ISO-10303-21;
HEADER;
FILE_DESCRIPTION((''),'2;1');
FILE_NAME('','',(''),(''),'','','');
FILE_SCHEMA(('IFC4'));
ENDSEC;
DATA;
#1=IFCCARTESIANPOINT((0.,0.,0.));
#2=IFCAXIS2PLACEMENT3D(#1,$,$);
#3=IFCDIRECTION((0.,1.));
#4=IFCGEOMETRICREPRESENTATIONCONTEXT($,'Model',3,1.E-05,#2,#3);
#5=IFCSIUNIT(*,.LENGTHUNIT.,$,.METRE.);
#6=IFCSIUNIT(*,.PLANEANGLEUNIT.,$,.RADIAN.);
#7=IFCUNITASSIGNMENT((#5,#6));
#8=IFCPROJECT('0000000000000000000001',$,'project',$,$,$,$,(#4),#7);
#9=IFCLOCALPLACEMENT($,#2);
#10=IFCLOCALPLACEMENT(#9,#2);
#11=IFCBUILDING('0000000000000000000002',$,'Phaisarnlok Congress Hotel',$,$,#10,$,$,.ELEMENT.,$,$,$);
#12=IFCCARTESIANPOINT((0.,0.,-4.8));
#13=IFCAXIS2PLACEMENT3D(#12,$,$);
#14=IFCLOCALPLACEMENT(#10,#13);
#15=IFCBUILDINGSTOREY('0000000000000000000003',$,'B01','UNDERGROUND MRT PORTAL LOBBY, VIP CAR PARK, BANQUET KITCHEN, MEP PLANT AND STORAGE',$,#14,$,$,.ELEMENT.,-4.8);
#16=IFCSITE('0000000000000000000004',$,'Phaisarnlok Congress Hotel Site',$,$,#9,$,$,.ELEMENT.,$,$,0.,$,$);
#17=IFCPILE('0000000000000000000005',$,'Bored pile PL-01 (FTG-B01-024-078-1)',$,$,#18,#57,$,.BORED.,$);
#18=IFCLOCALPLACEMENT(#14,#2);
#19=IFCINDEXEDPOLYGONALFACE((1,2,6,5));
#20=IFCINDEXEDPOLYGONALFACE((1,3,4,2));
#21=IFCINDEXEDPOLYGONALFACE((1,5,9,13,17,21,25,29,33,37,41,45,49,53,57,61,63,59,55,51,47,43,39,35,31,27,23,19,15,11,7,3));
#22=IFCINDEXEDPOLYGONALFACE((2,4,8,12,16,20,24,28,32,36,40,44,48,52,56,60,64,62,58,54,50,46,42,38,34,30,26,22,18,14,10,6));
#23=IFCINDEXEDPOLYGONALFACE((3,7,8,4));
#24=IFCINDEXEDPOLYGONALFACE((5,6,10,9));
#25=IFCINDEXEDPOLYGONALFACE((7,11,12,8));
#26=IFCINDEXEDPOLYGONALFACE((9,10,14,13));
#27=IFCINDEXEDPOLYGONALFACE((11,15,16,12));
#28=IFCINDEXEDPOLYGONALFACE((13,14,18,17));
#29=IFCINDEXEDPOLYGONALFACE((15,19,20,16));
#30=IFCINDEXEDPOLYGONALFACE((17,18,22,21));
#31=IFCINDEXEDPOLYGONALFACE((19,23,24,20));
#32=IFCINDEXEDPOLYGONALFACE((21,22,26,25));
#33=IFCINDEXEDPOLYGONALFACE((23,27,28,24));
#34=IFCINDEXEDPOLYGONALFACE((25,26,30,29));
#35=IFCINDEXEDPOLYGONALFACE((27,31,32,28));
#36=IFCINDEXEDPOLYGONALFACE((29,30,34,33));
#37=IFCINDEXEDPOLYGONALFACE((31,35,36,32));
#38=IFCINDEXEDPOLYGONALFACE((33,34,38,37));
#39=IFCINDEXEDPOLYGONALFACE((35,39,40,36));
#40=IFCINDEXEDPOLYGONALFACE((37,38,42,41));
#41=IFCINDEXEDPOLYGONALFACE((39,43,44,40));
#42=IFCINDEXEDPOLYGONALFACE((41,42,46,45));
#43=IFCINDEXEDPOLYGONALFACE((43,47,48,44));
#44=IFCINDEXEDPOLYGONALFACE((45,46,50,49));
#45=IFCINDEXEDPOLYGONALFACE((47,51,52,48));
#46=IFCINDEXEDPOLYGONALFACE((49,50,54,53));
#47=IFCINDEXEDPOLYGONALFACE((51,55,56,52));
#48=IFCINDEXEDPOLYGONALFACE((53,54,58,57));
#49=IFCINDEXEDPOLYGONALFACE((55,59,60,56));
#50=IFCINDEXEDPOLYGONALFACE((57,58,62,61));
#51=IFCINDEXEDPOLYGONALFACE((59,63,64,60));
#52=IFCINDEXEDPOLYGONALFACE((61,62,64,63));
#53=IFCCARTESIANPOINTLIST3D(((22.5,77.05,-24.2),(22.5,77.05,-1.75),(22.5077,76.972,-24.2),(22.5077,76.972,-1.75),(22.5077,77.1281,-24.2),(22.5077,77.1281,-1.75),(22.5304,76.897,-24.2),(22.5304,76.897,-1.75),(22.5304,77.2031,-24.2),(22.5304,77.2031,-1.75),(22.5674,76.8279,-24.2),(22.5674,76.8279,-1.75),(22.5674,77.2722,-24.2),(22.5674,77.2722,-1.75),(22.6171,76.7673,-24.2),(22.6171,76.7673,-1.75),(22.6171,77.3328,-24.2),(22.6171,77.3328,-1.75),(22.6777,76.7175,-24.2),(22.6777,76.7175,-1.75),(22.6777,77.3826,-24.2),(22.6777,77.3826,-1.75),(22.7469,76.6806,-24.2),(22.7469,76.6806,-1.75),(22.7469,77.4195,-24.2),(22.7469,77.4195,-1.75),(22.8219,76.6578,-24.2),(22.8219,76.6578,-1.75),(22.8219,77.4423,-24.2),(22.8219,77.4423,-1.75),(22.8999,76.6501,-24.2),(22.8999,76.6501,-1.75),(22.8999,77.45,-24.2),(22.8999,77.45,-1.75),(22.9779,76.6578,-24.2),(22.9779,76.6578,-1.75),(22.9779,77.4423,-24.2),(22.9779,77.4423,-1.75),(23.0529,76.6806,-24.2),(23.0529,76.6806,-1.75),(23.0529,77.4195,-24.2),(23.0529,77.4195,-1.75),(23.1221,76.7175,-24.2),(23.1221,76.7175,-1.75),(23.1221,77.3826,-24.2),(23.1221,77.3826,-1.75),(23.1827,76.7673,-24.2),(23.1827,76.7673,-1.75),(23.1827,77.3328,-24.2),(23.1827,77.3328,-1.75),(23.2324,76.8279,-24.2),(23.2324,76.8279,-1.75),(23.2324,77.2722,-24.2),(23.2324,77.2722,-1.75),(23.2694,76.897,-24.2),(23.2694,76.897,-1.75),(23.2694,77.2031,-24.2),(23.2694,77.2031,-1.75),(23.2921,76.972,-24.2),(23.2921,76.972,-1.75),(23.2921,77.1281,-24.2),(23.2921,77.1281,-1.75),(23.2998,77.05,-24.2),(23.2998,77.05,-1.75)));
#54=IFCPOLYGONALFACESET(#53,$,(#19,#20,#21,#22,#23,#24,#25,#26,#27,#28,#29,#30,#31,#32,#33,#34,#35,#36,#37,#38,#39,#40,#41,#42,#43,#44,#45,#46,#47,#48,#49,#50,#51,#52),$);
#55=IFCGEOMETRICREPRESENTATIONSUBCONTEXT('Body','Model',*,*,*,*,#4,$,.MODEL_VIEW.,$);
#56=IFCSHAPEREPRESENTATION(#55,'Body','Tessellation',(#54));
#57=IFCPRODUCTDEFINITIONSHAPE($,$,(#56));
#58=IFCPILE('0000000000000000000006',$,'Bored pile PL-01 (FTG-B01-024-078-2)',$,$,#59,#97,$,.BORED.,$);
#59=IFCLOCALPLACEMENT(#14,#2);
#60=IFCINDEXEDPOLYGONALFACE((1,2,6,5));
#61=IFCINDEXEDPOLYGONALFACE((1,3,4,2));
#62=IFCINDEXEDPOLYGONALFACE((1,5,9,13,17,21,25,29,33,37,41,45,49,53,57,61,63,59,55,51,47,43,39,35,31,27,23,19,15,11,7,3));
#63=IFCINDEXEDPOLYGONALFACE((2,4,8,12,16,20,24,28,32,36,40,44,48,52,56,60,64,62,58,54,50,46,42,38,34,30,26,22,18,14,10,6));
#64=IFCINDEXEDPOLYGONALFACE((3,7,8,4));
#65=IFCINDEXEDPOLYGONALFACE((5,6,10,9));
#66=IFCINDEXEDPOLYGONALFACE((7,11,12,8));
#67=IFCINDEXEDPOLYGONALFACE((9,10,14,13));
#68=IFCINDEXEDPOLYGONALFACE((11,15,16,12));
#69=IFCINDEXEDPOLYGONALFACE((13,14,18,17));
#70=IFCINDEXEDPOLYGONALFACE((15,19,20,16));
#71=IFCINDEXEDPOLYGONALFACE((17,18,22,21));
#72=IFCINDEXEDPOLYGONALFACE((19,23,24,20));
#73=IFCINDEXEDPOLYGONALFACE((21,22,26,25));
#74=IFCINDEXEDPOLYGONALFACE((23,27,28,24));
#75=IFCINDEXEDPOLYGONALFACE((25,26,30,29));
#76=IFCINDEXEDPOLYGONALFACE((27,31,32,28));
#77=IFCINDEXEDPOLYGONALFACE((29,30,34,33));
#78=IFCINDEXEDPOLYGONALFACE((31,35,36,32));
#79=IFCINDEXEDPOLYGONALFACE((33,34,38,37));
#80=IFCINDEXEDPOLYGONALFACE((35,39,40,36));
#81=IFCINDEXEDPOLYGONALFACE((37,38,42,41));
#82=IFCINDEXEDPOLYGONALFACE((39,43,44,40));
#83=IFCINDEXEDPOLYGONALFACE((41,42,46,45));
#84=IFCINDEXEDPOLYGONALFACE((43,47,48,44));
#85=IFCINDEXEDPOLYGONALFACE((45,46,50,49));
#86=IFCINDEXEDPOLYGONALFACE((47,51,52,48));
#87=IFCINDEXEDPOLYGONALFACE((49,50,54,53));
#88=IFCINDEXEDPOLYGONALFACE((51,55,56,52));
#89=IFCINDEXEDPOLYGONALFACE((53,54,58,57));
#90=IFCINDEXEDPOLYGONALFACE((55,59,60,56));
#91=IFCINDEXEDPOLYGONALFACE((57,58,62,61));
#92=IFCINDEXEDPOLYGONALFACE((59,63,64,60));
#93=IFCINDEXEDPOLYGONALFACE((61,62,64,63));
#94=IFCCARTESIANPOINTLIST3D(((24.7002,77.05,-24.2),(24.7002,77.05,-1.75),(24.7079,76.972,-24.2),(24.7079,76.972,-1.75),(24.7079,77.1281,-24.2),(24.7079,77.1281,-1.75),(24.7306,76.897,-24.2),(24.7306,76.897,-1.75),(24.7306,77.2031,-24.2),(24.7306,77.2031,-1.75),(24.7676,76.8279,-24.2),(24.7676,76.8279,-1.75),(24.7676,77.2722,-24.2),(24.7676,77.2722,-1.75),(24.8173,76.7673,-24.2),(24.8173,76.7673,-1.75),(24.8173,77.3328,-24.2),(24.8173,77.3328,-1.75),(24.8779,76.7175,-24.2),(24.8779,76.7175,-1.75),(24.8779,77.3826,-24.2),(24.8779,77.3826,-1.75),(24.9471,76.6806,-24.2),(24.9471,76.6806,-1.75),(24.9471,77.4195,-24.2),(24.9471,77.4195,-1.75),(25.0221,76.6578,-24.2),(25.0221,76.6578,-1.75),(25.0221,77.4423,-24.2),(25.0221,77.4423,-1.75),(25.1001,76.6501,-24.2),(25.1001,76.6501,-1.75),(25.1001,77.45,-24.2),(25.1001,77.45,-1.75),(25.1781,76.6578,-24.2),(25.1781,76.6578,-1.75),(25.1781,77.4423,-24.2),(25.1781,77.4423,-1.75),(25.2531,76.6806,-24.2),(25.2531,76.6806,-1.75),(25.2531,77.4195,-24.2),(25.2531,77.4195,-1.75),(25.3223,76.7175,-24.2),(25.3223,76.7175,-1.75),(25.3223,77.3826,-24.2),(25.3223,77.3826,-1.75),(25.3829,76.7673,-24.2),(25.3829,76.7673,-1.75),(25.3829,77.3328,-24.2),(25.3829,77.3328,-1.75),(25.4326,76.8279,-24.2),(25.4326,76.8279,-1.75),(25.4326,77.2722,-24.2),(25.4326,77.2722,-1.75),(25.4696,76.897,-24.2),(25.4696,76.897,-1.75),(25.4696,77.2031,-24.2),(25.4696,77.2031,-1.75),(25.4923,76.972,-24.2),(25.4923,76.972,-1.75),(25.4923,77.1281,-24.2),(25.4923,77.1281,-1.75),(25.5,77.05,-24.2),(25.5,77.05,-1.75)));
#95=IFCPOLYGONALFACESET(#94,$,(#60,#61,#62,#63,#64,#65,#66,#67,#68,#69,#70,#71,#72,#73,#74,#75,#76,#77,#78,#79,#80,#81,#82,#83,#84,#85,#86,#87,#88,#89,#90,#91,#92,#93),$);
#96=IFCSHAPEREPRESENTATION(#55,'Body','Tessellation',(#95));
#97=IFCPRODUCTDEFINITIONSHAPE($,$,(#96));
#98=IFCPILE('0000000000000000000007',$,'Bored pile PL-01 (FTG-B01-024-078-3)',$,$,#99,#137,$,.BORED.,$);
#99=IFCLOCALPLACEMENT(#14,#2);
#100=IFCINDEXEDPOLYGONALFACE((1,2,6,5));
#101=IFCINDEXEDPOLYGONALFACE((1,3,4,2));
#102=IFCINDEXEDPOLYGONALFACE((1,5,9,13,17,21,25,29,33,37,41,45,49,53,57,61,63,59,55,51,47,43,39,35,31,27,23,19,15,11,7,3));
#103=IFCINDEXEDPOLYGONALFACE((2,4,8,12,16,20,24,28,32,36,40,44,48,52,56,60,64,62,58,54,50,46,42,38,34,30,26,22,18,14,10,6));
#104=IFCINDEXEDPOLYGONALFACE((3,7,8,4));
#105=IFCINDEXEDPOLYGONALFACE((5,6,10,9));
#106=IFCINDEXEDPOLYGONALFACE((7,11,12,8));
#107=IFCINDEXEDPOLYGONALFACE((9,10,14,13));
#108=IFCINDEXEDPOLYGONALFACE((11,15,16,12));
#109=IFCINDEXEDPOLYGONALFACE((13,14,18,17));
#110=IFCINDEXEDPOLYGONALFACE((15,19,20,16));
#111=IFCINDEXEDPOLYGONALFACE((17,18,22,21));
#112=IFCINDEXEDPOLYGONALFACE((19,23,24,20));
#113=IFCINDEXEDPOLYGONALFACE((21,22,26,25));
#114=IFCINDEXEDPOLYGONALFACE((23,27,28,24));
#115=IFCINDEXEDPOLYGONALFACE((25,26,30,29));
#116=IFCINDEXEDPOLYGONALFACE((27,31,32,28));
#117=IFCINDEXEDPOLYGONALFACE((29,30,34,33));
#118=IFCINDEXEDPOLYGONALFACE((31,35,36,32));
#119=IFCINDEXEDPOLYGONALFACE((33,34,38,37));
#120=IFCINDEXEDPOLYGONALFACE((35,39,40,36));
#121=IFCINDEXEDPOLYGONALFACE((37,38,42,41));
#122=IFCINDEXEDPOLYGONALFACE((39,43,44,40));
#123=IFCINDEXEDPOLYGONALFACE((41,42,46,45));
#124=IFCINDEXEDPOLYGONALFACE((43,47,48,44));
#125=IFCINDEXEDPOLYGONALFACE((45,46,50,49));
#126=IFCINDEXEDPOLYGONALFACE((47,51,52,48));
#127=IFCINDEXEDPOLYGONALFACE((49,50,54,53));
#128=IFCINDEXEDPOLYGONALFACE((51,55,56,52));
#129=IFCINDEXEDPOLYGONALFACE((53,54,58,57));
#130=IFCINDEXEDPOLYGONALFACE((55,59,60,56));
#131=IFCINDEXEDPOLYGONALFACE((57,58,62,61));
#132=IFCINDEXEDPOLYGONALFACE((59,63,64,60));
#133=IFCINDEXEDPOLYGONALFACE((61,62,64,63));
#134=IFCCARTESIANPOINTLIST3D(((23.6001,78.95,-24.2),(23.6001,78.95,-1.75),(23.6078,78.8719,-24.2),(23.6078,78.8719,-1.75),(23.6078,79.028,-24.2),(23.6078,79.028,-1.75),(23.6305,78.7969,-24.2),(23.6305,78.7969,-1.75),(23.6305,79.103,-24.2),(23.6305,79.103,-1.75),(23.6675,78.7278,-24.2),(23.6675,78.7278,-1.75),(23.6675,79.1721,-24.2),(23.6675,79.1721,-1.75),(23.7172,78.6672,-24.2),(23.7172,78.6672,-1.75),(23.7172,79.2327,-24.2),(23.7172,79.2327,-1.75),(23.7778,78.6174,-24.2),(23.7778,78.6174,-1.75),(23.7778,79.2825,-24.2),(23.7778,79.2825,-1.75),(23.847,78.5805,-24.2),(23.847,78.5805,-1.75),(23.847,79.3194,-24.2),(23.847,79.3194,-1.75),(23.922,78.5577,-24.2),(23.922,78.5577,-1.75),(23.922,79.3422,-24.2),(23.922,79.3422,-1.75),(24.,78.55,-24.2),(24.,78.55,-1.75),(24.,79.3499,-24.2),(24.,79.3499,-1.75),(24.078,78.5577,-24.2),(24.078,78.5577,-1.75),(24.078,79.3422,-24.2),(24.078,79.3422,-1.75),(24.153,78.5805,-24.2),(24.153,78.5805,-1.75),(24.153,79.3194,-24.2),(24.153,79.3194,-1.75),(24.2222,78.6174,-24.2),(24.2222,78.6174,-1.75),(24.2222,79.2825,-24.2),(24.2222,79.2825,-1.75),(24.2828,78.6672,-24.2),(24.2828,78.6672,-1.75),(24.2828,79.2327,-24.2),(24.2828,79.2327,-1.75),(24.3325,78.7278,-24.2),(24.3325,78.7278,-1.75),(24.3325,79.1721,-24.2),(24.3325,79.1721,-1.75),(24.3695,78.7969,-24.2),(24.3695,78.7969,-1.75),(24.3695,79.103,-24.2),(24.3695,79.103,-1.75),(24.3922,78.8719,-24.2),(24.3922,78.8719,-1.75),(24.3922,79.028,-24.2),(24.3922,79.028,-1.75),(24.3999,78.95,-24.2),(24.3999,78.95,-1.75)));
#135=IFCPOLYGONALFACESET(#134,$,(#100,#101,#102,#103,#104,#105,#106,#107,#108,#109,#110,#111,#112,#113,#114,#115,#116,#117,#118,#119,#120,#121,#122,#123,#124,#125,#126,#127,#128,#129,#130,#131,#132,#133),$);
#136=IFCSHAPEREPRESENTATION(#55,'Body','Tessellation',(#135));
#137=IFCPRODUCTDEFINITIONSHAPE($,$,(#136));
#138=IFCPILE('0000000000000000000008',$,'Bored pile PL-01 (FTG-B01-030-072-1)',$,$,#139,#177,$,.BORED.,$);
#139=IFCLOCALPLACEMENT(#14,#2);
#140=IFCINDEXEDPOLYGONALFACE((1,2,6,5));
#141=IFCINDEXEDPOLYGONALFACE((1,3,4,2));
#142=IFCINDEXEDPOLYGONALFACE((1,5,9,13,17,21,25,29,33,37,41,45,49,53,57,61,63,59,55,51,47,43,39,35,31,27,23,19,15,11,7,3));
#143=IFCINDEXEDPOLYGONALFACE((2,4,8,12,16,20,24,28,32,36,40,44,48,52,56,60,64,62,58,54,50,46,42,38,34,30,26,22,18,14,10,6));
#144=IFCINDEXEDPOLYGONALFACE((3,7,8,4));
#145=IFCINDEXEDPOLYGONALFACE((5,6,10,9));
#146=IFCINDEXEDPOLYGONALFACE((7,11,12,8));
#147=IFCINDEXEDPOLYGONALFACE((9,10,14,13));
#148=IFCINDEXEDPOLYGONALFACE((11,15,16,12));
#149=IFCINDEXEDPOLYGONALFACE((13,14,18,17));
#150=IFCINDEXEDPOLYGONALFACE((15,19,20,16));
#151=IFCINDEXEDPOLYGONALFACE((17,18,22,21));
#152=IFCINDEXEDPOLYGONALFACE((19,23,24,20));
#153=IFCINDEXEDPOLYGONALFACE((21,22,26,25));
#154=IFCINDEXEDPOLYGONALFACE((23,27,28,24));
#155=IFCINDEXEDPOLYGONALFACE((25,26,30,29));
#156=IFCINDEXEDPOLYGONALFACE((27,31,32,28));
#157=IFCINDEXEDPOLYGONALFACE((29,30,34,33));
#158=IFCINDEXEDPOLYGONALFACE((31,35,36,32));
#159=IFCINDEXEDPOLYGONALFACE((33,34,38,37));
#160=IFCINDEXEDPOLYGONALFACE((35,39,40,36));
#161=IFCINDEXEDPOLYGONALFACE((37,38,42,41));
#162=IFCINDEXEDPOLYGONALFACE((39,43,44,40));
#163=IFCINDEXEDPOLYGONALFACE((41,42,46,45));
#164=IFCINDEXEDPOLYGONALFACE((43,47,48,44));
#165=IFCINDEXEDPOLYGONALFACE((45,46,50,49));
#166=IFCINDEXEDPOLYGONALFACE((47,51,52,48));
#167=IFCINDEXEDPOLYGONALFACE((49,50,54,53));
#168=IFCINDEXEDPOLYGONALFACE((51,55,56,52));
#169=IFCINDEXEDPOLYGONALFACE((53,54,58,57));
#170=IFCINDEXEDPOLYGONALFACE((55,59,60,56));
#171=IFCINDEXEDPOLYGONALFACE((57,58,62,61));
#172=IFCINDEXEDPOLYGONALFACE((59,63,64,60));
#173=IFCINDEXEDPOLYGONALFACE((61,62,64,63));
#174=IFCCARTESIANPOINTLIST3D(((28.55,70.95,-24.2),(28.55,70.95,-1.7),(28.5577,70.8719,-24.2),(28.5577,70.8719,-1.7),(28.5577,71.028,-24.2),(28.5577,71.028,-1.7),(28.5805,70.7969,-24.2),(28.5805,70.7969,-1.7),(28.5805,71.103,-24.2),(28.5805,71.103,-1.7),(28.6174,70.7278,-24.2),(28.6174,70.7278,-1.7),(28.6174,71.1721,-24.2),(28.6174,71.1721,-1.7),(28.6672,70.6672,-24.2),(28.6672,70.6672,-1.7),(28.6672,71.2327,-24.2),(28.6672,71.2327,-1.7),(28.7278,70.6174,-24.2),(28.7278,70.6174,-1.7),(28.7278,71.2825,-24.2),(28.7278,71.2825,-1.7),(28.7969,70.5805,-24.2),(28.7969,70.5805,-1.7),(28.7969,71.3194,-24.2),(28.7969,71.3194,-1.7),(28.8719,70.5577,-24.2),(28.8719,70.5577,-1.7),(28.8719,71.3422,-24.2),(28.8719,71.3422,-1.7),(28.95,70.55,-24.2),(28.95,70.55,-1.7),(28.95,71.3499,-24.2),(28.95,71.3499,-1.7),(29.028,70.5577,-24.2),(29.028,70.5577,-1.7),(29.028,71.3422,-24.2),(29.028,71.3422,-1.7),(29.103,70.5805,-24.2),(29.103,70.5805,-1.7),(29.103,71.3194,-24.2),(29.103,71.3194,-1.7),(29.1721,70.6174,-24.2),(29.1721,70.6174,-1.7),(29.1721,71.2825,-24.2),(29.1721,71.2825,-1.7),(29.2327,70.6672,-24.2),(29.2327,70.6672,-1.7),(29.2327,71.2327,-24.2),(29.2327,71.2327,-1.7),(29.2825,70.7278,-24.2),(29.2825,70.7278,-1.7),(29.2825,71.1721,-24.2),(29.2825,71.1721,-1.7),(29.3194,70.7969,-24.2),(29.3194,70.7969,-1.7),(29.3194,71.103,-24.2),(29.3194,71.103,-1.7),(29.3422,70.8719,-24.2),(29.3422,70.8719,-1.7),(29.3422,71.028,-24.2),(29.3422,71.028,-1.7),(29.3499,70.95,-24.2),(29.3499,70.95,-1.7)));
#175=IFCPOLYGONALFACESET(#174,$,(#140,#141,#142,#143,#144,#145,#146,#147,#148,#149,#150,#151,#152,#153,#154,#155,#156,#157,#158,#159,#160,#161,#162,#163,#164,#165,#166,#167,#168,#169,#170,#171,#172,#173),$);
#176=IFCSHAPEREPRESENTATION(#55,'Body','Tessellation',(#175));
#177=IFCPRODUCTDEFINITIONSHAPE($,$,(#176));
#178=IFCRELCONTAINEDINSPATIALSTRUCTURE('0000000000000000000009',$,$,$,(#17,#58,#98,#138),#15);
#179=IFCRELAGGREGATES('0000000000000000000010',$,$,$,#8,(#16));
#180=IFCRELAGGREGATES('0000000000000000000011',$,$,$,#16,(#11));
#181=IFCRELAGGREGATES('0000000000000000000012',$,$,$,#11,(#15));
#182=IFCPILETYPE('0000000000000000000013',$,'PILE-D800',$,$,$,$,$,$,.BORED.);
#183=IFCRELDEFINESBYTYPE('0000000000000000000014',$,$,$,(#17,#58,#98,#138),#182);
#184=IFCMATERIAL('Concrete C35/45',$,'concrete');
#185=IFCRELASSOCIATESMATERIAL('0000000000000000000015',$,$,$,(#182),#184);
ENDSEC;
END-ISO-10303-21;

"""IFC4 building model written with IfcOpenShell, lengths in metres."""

from ifc_helpers import new_model, si_unit, direction, frame, origin, origin_2d, place, context, subcontext, project, spatial, circle, extrude, material, material_profile, profile_set, type_object, element, save


model = new_model("IFC4")

# Units and contexts
model_context = context("Model", 3, precision=1e-05, world=origin(), true_north=direction((0.0, 1.0)))
body_context = subcontext(model_context, "Body", "Model", "MODEL_VIEW")
ifc_project = project(units=[si_unit("LENGTHUNIT", "METRE"), si_unit("PLANEANGLEUNIT", "RADIAN")], contexts=[model_context])

# Site, building, storey
site_placement = place(None, origin())
site = spatial("IfcSite", under=ifc_project, at=site_placement, Name="Phaisarnlok Congress Hotel Site", CompositionType="ELEMENT", RefElevation=0.0)
building_placement = place(site_placement, origin())
building = spatial("IfcBuilding", under=site, at=building_placement, Name="Phaisarnlok Congress Hotel", CompositionType="ELEMENT")
storey_placement = place(building_placement, frame((0.0, 0.0, -4.8)))
storey = spatial("IfcBuildingStorey", under=building, at=storey_placement, Name="B01", Description="UNDERGROUND MRT PORTAL LOBBY, VIP CAR PARK, BANQUET KITCHEN, MEP PLANT AND STORAGE", CompositionType="ELEMENT", Elevation=-4.8)

# Piles
ifc_material_1 = material(Name="Concrete C35/45", Category="concrete")
ifc_material_profile_1 = material_profile(ifc_material_1, circle(Radius=0.3999, at=origin_2d()), Name="BORED PILE D800")
ifc_profile_set_1 = profile_set([ifc_material_profile_1], Name="Concrete C35/45")
pile_type_1 = type_object("IfcPileType", Name="PILE-D800", PredefinedType="BORED", material=ifc_profile_set_1)
for number, where, z_axis, x_axis, name in (
    (1, (22.8999, 77.05, -1.75), (0.0, 0.0, -1.0), (1.0, 0.0, 0.0), "Bored pile PL-01 (FTG-B01-024-078-1)"),
    (2, (25.1001, 77.05, -1.75), (0.0, 0.0, -1.0), (1.0, 0.0, 0.0), "Bored pile PL-01 (FTG-B01-024-078-2)"),
    (3, (24.0, 78.95, -1.75), (0.0, 0.0, -1.0), (1.0, 0.0, 0.0), "Bored pile PL-01 (FTG-B01-024-078-3)"),
):
    element("IfcPile", number, at=place(storey_placement, frame(where, z_axis=z_axis, x_axis=x_axis)), inside=storey, type_object=pile_type_1, Name=name, PredefinedType="BORED", context=body_context, shape_type="SweptSolid", body=[
        extrude(circle(Radius=0.3999, at=origin_2d()), origin(), (0.0, 0.0, 1.0), 22.45),
    ])
for number, where, z_axis, x_axis, name in (
    (4, (28.95, 70.95, -1.7), (0.0, 0.0, -1.0), (1.0, 0.0, 0.0), "Bored pile PL-01 (FTG-B01-030-072-1)"),
):
    element("IfcPile", number, at=place(storey_placement, frame(where, z_axis=z_axis, x_axis=x_axis)), inside=storey, type_object=pile_type_1, Name=name, PredefinedType="BORED", context=body_context, shape_type="SweptSolid", body=[
        extrude(circle(Radius=0.3999, at=origin_2d()), origin(), (0.0, 0.0, 1.0), 22.5),
    ])

save(model, "model.ifc")
